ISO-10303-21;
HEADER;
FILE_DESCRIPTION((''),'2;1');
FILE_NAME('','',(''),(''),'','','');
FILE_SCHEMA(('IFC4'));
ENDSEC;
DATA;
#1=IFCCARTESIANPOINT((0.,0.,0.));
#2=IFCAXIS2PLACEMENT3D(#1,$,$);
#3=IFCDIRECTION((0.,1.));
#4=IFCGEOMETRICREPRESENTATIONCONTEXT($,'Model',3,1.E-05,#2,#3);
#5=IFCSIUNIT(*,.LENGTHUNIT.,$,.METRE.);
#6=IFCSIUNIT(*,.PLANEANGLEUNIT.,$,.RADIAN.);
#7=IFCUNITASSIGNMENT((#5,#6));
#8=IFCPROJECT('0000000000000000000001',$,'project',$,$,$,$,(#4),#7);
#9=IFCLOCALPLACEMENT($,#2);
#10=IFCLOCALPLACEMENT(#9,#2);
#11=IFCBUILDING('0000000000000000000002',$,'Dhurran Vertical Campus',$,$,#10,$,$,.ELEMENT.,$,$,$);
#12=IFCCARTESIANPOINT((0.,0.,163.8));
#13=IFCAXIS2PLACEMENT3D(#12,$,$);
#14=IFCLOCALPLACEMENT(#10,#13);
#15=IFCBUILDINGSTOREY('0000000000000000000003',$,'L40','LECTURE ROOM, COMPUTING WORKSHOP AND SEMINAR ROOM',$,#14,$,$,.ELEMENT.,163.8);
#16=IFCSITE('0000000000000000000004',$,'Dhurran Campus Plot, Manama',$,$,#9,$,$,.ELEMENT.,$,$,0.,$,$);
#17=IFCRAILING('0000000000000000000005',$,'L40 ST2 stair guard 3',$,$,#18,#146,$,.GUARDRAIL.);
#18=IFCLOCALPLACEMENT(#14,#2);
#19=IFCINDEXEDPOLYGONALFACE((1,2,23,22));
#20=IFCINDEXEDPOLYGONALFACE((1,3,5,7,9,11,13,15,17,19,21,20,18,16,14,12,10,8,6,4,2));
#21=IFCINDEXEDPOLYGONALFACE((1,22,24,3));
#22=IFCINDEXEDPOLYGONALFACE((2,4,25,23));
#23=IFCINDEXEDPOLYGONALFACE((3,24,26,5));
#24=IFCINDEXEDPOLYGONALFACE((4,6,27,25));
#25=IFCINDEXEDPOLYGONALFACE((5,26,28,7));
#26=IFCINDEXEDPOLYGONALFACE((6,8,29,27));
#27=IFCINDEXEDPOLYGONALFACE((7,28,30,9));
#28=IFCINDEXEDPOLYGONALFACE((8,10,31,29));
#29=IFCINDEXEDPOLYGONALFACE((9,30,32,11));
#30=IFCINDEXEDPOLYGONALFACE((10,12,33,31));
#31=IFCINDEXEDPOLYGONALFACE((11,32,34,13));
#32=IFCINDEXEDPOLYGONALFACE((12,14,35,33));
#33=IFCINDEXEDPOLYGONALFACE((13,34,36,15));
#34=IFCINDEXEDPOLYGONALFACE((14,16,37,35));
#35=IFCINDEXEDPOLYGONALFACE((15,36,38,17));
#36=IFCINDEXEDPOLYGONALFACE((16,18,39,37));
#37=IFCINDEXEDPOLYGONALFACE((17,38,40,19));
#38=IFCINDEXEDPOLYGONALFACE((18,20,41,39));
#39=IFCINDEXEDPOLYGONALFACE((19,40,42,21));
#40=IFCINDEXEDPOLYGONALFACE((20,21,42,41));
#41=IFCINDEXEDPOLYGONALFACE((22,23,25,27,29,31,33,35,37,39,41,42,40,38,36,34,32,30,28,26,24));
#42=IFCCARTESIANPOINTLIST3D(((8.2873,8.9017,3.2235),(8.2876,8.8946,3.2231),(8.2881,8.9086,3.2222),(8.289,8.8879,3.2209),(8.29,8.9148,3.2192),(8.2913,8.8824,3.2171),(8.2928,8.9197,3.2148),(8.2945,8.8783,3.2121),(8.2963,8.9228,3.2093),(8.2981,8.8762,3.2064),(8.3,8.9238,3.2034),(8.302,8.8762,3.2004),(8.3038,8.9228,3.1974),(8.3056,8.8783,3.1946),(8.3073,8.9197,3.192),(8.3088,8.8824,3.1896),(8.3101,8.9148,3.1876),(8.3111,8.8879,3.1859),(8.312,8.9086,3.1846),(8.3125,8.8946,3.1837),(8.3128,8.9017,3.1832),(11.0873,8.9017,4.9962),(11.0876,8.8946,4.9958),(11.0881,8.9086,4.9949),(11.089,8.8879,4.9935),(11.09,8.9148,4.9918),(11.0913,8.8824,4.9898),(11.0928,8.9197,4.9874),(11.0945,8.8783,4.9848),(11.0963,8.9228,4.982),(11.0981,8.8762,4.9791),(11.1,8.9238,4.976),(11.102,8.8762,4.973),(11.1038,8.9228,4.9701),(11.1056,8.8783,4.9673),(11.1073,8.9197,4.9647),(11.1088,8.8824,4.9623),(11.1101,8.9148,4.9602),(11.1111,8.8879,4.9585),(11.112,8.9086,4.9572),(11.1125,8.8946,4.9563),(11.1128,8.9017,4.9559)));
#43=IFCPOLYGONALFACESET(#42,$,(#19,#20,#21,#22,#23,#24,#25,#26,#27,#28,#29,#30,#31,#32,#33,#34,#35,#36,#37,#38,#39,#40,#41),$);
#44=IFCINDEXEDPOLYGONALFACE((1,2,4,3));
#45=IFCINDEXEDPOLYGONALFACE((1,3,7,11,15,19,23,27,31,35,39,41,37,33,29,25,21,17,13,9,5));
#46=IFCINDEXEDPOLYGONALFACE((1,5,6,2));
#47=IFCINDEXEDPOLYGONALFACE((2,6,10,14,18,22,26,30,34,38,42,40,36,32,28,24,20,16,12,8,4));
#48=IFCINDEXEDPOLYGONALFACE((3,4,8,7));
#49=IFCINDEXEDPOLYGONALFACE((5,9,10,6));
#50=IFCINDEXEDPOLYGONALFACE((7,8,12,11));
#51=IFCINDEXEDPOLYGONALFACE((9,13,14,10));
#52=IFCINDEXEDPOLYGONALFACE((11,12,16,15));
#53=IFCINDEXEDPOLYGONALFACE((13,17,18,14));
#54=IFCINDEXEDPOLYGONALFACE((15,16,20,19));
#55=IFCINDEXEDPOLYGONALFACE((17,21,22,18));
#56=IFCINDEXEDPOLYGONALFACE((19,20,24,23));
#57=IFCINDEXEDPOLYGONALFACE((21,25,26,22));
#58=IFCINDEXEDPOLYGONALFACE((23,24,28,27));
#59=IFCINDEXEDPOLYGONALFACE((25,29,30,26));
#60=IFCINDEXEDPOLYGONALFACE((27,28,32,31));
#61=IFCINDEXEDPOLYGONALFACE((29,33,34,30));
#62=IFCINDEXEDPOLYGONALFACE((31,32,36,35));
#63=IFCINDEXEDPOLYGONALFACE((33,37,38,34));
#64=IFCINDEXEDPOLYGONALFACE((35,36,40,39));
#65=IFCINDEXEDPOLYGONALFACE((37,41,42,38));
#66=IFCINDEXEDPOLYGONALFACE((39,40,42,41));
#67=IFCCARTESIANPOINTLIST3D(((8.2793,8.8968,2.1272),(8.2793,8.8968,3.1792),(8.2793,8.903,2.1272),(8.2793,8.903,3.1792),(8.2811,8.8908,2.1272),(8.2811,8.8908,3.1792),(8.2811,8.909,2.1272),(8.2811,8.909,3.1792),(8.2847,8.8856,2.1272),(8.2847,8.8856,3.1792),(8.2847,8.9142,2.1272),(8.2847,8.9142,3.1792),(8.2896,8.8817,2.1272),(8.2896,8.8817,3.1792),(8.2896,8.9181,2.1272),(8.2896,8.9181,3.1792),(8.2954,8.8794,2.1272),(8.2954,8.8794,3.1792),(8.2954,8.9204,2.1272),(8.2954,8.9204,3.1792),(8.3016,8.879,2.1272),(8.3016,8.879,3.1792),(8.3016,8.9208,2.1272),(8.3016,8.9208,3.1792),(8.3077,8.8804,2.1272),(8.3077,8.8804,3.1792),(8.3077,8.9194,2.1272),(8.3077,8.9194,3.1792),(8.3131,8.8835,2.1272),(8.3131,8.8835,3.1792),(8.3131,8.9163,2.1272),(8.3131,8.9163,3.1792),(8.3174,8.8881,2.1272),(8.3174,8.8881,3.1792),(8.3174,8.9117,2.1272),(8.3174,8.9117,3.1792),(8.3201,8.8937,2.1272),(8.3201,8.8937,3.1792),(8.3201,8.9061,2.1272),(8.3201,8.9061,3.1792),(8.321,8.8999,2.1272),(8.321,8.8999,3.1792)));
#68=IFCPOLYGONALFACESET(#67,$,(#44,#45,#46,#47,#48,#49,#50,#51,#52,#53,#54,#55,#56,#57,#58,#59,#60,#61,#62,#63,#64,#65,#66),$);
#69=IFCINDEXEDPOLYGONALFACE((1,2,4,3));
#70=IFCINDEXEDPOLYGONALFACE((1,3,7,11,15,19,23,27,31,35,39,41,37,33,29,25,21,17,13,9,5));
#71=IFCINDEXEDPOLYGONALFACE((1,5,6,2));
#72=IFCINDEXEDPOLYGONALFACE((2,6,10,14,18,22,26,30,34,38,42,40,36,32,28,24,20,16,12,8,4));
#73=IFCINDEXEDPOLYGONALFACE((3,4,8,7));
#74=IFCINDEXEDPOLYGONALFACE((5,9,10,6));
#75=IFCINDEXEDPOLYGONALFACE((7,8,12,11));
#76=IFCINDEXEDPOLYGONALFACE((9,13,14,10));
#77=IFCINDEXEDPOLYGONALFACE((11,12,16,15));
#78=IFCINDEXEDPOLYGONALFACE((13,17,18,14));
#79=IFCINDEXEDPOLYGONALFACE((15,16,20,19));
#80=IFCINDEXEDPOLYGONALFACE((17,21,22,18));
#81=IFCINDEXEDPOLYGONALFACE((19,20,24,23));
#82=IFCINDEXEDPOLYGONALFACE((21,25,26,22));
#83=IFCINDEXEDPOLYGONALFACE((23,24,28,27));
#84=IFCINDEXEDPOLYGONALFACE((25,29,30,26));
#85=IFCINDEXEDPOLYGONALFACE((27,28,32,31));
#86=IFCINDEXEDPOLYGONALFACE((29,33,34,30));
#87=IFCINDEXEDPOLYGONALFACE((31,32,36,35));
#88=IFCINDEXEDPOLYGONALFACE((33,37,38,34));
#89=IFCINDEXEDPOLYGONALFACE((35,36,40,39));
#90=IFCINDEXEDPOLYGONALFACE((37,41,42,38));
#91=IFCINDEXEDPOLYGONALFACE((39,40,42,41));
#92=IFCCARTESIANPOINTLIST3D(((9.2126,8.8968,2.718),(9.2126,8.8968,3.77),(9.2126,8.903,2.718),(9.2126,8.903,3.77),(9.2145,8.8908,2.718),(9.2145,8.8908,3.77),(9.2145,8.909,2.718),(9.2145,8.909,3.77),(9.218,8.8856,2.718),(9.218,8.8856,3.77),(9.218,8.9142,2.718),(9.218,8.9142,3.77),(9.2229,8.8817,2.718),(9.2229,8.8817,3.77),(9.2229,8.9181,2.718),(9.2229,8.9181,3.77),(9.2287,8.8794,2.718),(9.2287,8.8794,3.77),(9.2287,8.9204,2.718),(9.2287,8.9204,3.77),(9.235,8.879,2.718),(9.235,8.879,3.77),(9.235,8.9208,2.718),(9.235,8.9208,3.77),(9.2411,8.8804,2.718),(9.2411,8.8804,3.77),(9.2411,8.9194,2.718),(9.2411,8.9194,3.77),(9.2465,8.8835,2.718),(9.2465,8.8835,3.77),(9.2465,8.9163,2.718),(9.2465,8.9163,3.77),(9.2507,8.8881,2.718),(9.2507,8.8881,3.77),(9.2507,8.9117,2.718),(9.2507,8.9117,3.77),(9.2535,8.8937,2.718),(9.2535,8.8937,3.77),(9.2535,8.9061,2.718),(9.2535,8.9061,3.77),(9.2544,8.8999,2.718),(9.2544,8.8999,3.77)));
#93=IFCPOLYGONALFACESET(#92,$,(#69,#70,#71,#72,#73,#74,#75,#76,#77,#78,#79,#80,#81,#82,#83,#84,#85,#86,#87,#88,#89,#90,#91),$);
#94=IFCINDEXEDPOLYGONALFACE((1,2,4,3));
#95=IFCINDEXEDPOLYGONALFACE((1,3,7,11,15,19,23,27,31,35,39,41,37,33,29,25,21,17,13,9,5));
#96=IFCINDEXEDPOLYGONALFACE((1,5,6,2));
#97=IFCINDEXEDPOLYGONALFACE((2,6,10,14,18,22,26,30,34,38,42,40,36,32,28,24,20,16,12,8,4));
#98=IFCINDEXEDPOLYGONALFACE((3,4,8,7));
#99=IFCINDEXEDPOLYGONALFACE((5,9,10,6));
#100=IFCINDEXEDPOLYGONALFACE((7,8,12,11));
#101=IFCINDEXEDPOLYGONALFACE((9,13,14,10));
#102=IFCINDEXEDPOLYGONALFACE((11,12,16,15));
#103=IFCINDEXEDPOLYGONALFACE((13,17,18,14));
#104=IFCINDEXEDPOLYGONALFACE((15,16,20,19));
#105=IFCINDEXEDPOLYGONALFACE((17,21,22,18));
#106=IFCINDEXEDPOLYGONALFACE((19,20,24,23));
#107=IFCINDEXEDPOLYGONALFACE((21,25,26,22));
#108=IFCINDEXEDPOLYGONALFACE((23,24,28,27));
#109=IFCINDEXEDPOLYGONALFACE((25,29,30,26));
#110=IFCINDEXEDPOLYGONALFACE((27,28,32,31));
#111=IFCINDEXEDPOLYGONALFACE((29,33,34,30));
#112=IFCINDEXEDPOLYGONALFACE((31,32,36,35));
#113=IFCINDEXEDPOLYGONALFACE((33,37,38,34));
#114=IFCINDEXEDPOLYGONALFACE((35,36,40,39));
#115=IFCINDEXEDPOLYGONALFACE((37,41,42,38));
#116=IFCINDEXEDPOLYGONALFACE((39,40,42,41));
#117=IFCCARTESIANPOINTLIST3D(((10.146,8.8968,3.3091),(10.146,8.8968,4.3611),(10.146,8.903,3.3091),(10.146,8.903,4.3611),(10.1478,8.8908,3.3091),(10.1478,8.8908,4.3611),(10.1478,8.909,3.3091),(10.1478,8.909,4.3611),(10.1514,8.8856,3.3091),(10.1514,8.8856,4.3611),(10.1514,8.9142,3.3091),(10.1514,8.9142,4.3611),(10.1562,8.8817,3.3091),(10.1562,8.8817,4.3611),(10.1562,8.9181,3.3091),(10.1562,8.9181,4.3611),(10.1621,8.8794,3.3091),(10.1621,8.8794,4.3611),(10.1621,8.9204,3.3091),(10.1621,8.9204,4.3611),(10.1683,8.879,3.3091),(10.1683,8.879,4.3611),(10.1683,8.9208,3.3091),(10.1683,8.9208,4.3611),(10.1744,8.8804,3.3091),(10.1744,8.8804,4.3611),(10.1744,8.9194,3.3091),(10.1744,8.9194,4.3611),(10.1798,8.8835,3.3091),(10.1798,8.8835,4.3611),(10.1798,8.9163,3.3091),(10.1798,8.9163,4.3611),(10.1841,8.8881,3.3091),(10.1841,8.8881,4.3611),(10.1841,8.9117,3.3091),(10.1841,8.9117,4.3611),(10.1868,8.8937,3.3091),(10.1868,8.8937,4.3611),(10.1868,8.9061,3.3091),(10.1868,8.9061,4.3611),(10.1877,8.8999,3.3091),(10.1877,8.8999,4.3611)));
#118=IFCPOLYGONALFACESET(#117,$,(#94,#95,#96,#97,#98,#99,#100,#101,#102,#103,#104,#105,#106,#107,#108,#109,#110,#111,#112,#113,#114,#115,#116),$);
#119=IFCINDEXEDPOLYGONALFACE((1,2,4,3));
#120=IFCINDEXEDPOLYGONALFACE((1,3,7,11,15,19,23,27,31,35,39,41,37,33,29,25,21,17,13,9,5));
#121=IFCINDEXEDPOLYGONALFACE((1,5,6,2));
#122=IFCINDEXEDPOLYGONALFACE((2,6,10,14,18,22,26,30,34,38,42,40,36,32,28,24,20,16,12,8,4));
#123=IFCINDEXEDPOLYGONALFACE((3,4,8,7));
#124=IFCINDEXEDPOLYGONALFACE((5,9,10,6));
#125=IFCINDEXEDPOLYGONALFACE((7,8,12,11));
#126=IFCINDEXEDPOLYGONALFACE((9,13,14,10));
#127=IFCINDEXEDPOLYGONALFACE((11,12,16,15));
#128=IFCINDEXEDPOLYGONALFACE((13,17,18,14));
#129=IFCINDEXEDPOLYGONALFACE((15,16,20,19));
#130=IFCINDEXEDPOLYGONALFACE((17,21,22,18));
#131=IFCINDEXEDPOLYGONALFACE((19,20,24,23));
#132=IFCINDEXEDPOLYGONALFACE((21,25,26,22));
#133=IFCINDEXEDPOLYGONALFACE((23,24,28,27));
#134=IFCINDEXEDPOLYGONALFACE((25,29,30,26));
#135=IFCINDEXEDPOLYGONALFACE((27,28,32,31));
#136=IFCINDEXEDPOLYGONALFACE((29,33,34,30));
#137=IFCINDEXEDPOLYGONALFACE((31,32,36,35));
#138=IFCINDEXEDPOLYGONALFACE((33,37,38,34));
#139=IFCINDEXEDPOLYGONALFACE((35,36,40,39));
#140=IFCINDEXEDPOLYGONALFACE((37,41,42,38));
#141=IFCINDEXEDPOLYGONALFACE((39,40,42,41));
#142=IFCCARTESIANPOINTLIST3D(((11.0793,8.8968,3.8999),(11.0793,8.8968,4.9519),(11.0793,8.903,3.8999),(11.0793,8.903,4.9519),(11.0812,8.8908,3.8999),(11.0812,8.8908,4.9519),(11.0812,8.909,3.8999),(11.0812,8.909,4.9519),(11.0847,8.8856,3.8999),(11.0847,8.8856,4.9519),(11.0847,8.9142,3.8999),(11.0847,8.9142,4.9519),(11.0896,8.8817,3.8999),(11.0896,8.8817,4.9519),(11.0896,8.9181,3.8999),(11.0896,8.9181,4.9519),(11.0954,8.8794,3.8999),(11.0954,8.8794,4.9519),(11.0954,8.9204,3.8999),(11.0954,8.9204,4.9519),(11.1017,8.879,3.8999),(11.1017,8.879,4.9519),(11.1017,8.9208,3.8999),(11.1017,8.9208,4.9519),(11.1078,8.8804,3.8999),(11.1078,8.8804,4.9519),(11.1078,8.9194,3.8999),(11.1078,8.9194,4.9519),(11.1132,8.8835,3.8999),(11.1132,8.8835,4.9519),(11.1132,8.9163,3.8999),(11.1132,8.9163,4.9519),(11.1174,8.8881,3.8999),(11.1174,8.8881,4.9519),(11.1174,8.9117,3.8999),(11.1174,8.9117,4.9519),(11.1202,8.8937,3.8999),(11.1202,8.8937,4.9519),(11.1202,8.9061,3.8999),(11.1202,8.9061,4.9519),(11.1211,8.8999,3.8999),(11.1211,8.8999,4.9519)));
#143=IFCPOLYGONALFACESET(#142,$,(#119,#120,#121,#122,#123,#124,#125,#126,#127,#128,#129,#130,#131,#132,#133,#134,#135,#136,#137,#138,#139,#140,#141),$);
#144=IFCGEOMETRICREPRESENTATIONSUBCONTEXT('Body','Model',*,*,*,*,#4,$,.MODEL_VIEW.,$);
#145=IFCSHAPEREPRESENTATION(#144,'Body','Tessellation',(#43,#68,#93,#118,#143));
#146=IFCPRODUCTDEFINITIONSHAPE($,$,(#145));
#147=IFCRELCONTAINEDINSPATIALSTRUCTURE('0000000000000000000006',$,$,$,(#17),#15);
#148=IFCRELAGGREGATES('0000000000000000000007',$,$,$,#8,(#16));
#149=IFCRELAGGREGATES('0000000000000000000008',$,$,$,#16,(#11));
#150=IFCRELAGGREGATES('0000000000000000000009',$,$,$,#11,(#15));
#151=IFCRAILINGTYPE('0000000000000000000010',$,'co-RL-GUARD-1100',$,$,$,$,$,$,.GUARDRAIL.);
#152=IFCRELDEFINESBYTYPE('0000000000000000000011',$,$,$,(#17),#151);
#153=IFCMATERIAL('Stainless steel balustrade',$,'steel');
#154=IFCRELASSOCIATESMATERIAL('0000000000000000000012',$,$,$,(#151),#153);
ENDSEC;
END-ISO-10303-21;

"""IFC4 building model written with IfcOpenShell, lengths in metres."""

from ifc_helpers import new_model, si_unit, direction, frame, origin, origin_2d, place, context, subcontext, project, spatial, circle, extrude, material, type_object, element, save


model = new_model("IFC4")

# Units and contexts
model_context = context("Model", 3, precision=1e-05, world=origin(), true_north=direction((0.0, 1.0)))
body_context = subcontext(model_context, "Body", "Model", "MODEL_VIEW")
ifc_project = project(units=[si_unit("LENGTHUNIT", "METRE"), si_unit("PLANEANGLEUNIT", "RADIAN")], contexts=[model_context])

# Site, building, storey
site_placement = place(None, origin())
site = spatial("IfcSite", under=ifc_project, at=site_placement, Name="Dhurran Campus Plot, Manama", CompositionType="ELEMENT", RefElevation=0.0)
building_placement = place(site_placement, origin())
building = spatial("IfcBuilding", under=site, at=building_placement, Name="Dhurran Vertical Campus", CompositionType="ELEMENT")
storey_placement = place(building_placement, frame((0.0, 0.0, 163.8)))
storey = spatial("IfcBuildingStorey", under=building, at=storey_placement, Name="L40", Description="LECTURE ROOM, COMPUTING WORKSHOP AND SEMINAR ROOM", CompositionType="ELEMENT", Elevation=163.8)

# Railing
ifc_material_1 = material(Name="Stainless steel balustrade", Category="steel")
railing_type_1 = type_object("IfcRailingType", Name="co-RL-GUARD-1100", PredefinedType="GUARDRAIL", material=ifc_material_1)
railing_1_placement = place(storey_placement, frame((8.3, 8.8999, 2.1272)))
element("IfcRailing", 1, at=railing_1_placement, inside=storey, type_object=railing_type_1, Name="L40 ST2 stair guard 3", PredefinedType="GUARDRAIL", context=body_context, shape_type="SweptSolid", body=[
    extrude(circle(Radius=0.0239, at=origin_2d()), frame((0.0, 0.0, 1.0762), z_axis=(0.844909, 0.0, 0.53491), x_axis=(0.0, 1.0, 0.0)), (0.0, 0.0, 1.0), 3.314),
    extrude(circle(Radius=0.021, at=origin_2d()), origin(), (0.0, 0.0, 1.0), 1.052),
    extrude(circle(Radius=0.021, at=origin_2d()), frame((0.9333, 0.0, 0.5908)), (0.0, 0.0, 1.0), 1.052),
    extrude(circle(Radius=0.021, at=origin_2d()), frame((1.8667, 0.0, 1.1819)), (0.0, 0.0, 1.0), 1.052),
    extrude(circle(Radius=0.021, at=origin_2d()), frame((2.8, 0.0, 1.7727)), (0.0, 0.0, 1.0), 1.052),
])

save(model, "model.ifc")
